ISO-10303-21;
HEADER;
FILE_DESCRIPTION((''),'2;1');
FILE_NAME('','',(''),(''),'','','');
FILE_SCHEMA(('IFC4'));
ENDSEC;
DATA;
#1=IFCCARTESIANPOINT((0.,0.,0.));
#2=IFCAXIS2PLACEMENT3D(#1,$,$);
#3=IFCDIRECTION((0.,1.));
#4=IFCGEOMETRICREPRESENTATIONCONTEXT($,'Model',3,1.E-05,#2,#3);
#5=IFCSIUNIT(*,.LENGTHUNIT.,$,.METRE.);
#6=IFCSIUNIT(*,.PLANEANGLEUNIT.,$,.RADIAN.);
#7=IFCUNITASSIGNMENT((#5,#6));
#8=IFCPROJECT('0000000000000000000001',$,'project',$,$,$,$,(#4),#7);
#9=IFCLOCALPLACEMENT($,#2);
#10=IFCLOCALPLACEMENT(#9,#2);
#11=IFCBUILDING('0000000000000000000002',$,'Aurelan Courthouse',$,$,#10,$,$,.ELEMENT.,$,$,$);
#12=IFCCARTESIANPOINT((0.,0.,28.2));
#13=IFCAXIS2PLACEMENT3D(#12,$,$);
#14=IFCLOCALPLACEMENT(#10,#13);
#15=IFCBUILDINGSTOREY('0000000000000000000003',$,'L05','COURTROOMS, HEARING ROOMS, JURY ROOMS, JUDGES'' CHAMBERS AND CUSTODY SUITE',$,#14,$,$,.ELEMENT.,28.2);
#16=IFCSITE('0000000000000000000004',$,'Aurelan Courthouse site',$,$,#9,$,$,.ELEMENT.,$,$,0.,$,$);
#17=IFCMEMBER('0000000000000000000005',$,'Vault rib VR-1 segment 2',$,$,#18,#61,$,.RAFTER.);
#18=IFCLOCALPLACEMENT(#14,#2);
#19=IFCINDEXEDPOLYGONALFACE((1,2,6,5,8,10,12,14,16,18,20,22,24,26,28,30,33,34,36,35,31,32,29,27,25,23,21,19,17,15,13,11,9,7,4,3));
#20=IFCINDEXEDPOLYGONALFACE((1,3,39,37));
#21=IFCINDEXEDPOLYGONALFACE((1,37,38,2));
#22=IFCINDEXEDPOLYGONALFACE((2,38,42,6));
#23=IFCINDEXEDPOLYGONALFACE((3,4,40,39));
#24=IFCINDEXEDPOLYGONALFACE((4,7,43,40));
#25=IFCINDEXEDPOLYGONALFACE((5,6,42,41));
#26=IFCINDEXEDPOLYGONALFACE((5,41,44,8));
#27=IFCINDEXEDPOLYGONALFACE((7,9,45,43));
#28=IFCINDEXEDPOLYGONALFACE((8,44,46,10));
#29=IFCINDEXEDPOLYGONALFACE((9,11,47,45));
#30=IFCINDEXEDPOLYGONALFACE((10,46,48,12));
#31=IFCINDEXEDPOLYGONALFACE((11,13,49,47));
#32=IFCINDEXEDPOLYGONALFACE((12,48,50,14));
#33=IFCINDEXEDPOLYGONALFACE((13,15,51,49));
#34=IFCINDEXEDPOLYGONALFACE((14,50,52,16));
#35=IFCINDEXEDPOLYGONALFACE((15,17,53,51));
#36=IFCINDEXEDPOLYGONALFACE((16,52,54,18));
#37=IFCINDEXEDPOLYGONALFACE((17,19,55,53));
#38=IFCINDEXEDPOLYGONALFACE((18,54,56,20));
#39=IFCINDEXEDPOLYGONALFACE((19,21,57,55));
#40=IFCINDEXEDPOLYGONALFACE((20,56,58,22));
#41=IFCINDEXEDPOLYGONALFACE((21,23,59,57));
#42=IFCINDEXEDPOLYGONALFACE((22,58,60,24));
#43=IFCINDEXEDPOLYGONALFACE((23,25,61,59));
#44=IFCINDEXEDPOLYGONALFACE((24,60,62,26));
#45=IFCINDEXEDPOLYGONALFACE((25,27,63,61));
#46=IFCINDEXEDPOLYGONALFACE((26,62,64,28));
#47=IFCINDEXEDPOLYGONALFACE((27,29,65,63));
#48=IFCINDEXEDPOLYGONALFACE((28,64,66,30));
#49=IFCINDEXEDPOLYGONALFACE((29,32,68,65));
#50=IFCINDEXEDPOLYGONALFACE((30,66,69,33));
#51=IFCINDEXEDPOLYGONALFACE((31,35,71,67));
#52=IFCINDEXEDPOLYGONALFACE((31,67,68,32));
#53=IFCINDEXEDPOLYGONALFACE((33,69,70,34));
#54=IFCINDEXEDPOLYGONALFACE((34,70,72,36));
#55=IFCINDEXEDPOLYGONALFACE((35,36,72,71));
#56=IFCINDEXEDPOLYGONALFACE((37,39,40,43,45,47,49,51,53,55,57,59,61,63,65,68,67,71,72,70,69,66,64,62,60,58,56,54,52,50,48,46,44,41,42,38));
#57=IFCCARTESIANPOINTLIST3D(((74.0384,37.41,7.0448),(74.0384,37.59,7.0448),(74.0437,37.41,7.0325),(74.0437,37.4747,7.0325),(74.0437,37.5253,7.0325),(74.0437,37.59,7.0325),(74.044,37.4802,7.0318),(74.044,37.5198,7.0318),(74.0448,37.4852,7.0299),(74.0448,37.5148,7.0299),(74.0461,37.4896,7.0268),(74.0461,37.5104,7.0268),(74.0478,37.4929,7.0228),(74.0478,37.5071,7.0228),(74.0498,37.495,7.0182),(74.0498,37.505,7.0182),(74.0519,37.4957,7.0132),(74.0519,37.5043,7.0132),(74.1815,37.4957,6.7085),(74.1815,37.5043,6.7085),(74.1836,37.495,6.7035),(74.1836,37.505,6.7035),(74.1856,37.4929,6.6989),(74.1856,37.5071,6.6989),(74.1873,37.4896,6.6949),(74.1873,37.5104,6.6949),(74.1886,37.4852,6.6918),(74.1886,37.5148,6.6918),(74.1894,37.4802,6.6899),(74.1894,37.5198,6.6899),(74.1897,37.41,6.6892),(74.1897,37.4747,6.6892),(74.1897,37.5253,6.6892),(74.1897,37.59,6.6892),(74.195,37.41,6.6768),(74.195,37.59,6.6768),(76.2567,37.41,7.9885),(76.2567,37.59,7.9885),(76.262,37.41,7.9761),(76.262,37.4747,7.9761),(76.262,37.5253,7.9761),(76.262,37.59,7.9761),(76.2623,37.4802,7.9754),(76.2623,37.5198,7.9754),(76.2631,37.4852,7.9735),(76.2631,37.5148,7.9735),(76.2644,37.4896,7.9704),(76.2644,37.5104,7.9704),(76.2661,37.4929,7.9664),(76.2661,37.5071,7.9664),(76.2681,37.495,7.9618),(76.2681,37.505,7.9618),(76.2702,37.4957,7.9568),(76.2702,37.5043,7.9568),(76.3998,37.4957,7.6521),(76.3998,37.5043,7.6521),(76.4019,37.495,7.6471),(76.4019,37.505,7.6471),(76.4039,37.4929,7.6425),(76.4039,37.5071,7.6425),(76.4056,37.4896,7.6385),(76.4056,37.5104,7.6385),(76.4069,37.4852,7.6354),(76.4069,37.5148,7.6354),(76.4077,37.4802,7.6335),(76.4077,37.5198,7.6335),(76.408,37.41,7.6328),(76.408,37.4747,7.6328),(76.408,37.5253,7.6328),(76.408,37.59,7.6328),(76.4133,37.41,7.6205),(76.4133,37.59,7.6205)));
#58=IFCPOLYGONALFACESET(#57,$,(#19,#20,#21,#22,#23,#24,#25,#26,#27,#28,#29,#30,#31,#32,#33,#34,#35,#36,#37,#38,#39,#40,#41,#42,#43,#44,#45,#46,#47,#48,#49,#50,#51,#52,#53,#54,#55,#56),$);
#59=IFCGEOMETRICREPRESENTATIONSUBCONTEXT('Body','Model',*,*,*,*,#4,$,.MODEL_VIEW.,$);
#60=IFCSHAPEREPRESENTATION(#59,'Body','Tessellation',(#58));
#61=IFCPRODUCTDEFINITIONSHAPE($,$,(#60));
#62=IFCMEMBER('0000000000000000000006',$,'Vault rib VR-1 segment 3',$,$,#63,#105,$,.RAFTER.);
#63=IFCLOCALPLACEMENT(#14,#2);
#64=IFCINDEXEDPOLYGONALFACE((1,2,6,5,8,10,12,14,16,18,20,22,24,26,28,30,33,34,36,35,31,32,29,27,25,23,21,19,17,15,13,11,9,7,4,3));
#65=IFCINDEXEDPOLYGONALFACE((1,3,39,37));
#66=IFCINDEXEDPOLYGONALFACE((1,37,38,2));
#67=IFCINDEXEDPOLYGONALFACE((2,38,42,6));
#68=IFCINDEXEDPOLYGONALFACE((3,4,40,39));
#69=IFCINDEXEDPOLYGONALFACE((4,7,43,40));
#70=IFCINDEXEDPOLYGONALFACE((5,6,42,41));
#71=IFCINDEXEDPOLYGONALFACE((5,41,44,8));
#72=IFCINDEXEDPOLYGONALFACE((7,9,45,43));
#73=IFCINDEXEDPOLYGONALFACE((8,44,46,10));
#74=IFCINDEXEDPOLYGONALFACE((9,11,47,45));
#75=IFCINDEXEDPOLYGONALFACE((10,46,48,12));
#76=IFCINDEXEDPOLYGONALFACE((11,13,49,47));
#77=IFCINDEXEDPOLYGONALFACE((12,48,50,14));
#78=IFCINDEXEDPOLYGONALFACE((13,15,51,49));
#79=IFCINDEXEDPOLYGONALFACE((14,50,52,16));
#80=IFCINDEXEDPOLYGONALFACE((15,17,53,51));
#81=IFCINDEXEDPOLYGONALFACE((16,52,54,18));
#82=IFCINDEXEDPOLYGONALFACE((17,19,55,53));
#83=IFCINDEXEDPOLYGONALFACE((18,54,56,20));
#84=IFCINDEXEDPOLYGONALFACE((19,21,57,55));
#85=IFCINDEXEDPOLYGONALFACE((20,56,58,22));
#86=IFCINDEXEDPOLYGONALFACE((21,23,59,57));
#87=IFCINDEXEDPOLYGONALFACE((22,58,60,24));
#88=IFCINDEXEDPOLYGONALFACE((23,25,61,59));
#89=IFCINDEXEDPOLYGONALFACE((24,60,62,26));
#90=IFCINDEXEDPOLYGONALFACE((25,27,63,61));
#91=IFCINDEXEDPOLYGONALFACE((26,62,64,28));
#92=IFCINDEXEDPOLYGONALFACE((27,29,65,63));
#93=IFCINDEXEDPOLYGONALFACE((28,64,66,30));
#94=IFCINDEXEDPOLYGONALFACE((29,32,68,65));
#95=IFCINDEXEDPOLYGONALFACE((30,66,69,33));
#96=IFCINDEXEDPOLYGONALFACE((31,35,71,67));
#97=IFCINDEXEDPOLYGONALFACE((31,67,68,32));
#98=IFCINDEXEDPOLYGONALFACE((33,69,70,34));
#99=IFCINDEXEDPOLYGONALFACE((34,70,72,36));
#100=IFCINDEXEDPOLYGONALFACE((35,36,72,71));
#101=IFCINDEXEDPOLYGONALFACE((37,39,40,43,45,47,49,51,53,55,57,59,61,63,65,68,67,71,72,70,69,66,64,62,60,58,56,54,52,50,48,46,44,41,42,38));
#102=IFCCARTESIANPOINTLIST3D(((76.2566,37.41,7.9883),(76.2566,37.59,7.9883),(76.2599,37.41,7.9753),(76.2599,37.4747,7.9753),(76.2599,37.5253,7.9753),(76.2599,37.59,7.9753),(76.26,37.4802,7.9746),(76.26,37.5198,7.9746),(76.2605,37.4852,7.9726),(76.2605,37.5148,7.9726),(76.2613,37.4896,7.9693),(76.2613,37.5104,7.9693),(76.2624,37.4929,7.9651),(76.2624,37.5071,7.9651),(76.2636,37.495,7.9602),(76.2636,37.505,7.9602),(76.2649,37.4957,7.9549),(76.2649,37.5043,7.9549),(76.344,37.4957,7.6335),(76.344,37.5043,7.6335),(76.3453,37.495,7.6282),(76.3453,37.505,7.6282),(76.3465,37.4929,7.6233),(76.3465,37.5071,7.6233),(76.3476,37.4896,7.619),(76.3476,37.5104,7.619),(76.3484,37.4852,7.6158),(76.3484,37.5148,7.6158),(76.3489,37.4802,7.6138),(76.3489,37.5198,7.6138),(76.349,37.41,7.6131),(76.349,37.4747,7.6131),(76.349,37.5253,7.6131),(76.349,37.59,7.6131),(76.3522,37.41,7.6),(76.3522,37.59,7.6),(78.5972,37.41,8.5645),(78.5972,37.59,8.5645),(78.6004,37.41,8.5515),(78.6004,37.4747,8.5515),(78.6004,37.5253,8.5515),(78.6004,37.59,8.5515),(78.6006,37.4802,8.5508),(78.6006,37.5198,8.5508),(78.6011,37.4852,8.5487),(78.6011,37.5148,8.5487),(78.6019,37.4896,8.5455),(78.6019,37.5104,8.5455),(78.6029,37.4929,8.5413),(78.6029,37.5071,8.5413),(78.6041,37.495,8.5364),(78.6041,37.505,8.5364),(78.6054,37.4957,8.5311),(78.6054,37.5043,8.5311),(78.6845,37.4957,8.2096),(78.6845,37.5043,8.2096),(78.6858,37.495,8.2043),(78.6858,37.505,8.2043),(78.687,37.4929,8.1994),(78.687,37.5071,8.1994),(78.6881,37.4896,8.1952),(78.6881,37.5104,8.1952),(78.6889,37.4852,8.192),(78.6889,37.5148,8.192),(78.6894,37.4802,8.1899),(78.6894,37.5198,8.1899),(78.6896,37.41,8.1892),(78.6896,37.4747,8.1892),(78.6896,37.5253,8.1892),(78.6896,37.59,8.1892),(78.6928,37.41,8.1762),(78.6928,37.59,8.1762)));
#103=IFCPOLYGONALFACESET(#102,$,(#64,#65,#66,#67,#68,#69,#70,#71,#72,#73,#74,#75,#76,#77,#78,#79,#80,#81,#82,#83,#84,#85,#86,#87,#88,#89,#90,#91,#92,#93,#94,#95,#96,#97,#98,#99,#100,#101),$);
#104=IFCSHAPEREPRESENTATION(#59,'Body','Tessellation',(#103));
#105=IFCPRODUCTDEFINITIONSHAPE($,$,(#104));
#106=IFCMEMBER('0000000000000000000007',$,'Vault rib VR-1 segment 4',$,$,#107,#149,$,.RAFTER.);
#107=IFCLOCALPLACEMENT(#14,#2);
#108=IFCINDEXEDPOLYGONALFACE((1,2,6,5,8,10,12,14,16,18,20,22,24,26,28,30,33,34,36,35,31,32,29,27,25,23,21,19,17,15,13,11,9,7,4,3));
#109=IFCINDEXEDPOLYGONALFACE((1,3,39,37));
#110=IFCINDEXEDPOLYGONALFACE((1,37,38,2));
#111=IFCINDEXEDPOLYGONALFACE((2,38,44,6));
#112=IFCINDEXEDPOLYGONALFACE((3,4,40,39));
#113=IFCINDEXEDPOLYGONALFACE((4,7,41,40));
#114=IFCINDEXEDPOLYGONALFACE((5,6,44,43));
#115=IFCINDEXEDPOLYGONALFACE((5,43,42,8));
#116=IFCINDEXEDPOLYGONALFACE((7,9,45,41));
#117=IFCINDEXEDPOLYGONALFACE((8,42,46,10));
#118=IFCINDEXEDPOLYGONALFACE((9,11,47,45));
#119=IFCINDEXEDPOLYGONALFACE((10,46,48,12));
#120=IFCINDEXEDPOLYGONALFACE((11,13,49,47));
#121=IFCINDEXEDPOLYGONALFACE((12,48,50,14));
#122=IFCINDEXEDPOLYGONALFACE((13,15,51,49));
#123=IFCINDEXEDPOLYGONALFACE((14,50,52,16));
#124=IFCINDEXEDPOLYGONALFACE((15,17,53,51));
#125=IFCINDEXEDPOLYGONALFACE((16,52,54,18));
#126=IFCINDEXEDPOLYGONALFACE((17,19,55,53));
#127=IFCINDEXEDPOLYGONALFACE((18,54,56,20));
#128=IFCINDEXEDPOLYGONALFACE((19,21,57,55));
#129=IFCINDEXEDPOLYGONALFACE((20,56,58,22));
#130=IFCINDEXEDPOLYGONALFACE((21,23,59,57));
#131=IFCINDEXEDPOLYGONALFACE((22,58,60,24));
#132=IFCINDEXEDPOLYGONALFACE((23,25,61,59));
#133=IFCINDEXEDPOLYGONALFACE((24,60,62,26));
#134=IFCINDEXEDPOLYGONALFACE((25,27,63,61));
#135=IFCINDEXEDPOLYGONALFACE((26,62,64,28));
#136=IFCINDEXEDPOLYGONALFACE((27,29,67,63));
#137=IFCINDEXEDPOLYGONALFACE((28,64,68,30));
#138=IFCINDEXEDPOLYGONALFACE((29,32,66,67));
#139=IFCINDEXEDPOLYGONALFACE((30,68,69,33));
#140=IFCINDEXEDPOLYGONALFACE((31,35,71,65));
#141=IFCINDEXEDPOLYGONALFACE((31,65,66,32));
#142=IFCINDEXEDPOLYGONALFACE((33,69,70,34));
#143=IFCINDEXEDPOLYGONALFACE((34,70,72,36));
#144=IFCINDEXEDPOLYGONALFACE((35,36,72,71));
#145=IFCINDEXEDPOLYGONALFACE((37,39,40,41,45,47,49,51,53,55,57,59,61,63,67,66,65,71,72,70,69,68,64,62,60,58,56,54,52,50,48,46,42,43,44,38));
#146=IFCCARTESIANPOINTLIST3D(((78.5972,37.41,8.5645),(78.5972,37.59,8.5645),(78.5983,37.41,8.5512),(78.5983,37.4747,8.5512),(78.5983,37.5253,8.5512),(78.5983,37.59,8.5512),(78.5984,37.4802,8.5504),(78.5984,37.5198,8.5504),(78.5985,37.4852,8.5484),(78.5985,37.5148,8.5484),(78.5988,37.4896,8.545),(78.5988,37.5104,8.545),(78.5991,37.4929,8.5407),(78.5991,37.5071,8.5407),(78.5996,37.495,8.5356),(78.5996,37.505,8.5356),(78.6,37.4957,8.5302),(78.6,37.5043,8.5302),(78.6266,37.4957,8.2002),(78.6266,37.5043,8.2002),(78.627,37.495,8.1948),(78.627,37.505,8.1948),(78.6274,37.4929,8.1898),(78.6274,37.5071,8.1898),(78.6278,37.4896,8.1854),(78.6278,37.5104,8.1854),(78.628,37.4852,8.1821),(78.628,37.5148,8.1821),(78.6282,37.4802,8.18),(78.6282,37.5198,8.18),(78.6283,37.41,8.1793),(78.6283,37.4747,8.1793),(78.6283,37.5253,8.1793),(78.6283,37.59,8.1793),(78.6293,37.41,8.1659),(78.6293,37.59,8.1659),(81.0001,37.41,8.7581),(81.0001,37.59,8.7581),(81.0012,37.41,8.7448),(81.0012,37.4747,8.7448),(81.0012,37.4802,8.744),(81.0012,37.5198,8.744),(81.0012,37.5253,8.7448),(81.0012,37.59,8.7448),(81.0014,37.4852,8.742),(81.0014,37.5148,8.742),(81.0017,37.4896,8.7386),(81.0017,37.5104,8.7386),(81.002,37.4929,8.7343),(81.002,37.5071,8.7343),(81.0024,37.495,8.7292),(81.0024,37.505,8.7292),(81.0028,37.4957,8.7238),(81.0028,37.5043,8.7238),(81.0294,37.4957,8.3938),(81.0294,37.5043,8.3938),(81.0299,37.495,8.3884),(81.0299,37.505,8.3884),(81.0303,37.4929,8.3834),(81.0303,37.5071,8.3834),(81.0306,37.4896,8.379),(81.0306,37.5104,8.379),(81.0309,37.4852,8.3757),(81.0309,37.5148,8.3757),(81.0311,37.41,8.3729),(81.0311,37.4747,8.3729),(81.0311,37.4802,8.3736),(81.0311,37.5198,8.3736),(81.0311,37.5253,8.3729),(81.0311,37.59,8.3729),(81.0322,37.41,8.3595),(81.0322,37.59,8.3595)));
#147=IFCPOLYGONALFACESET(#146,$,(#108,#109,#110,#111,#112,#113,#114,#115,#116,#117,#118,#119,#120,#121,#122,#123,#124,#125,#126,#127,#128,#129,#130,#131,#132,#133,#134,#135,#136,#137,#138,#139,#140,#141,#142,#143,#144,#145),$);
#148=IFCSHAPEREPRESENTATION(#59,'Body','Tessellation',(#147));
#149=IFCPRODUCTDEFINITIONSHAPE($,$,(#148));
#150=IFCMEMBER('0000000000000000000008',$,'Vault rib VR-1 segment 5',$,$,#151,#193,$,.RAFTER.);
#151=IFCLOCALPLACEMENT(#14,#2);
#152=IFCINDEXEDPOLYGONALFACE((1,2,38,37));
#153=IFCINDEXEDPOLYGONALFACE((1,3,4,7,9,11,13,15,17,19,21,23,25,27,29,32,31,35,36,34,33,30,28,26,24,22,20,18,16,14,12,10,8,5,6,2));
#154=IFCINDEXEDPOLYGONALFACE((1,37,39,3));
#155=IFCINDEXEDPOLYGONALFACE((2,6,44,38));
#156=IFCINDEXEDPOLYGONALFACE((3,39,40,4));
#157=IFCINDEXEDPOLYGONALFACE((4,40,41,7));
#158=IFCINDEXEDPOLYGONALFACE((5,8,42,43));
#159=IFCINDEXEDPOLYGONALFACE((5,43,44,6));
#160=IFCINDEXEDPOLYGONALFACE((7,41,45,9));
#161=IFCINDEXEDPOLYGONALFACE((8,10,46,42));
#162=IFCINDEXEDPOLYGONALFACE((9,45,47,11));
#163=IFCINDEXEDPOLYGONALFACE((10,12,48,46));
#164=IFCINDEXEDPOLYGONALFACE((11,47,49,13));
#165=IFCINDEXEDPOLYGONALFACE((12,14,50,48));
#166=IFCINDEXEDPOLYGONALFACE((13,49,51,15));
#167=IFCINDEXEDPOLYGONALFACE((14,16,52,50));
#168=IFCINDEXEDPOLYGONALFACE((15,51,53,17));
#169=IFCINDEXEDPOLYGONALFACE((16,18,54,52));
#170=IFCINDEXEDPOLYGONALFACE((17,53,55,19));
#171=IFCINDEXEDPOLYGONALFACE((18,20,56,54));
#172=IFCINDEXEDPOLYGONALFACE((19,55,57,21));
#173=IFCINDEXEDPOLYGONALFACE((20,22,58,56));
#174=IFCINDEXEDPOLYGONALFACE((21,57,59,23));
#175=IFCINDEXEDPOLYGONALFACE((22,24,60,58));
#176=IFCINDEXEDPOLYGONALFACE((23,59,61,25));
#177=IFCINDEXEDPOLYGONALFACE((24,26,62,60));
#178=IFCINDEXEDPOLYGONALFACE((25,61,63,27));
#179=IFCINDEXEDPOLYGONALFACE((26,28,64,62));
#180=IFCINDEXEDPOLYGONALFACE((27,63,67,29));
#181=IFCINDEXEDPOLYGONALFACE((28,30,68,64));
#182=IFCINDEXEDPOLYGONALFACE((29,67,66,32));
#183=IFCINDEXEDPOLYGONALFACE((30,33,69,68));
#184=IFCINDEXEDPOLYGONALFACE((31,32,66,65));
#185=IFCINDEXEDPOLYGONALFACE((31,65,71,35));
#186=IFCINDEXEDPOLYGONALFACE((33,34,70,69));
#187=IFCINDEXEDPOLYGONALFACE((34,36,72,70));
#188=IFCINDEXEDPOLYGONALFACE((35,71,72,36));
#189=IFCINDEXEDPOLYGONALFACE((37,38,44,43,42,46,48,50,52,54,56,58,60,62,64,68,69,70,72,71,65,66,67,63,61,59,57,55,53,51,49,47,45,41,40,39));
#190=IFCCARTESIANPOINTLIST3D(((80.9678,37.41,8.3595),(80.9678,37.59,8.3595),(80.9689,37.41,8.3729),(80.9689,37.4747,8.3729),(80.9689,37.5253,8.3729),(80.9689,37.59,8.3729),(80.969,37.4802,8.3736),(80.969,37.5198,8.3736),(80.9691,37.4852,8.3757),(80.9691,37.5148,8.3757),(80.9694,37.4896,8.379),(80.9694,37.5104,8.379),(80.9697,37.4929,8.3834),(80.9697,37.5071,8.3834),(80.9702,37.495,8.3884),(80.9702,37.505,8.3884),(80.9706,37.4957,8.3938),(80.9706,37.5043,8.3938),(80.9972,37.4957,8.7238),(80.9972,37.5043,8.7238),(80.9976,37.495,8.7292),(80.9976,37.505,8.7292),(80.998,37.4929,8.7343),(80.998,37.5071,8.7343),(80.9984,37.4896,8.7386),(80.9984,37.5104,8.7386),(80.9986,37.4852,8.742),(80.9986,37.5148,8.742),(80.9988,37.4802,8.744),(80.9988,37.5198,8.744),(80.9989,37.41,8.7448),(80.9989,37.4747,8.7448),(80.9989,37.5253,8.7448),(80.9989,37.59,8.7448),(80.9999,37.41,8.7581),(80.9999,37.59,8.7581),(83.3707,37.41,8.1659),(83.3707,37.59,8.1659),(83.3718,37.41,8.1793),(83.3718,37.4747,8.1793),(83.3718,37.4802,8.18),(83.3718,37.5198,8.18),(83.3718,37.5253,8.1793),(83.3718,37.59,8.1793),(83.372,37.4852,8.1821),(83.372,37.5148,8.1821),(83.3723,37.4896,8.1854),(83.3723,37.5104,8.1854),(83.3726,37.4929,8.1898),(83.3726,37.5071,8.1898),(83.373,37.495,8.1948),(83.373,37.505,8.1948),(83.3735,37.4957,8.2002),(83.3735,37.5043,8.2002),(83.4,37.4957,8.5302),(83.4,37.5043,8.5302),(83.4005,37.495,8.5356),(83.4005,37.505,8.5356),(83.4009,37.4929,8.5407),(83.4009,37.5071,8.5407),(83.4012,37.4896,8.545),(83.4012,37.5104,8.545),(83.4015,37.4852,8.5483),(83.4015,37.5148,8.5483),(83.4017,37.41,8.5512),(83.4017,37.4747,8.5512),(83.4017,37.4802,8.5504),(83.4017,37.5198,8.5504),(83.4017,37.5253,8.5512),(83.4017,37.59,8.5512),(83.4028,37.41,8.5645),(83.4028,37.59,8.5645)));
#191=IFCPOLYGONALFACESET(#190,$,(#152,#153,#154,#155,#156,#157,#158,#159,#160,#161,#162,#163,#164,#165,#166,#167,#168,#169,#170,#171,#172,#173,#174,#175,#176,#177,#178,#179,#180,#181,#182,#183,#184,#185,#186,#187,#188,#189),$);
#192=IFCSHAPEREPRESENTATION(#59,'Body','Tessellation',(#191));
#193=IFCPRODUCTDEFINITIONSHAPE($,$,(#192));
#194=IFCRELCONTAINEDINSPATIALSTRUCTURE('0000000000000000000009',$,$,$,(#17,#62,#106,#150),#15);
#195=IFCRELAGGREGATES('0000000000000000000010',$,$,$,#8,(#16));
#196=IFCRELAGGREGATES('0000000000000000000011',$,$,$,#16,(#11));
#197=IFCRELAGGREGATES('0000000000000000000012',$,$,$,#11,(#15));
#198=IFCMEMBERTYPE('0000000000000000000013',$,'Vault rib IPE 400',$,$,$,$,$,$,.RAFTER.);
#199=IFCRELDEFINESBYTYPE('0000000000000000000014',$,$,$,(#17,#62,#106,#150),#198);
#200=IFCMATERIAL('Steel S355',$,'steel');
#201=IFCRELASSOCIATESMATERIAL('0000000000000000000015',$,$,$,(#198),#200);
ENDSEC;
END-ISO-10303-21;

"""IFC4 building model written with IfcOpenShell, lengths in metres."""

from ifc_helpers import new_model, si_unit, direction, frame, origin, origin_2d, place, context, subcontext, project, spatial, i_section, extrude, material, material_profile, profile_set, type_object, element, save


model = new_model("IFC4")

# Units and contexts
model_context = context("Model", 3, precision=1e-05, world=origin(), true_north=direction((0.0, 1.0)))
body_context = subcontext(model_context, "Body", "Model", "MODEL_VIEW")
ifc_project = project(units=[si_unit("LENGTHUNIT", "METRE"), si_unit("PLANEANGLEUNIT", "RADIAN")], contexts=[model_context])

# Site, building, storey
site_placement = place(None, origin())
site = spatial("IfcSite", under=ifc_project, at=site_placement, Name="Aurelan Courthouse site", CompositionType="ELEMENT", RefElevation=0.0)
building_placement = place(site_placement, origin())
building = spatial("IfcBuilding", under=site, at=building_placement, Name="Aurelan Courthouse", CompositionType="ELEMENT")
storey_placement = place(building_placement, frame((0.0, 0.0, 28.2)))
storey = spatial("IfcBuildingStorey", under=building, at=storey_placement, Name="L05", Description="COURTROOMS, HEARING ROOMS, JURY ROOMS, JUDGES' CHAMBERS AND CUSTODY SUITE", CompositionType="ELEMENT", Elevation=28.2)

# Members
ifc_material_1 = material(Name="Steel S355", Category="steel")
ifc_material_profile_1 = material_profile(ifc_material_1, i_section(OverallWidth=0.1799, OverallDepth=0.3999, WebThickness=0.0085, FlangeThickness=0.0134, FilletRadius=0.021, at=origin_2d()), Name="IPE 400")
ifc_profile_set_1 = profile_set([ifc_material_profile_1], Name="Steel S355")
member_type_1 = type_object("IfcMemberType", Name="Vault rib IPE 400", PredefinedType="RAFTER", material=ifc_profile_set_1)
member_1_placement = place(storey_placement, frame((74.1167, 37.5, 6.8608), z_axis=(0.920205, 0.0, 0.391437), x_axis=(0.0, 1.0, 0.0)))
element("IfcMember", 1, at=member_1_placement, inside=storey, type_object=member_type_1, Name="Vault rib VR-1 segment 2", PredefinedType="RAFTER", context=body_context, shape_type="SweptSolid", body=[
    extrude(i_section(OverallWidth=0.1799, OverallDepth=0.3999, WebThickness=0.0085, FlangeThickness=0.0134, FilletRadius=0.021, at=origin_2d()), origin(), (0.0, 0.0, 1.0), 2.4106),
])
member_2_placement = place(storey_placement, frame((76.3044, 37.5, 7.7942), z_axis=(0.971012, 0.0, 0.239031), x_axis=(0.0, 1.0, 0.0)))
element("IfcMember", 2, at=member_2_placement, inside=storey, type_object=member_type_1, Name="Vault rib VR-1 segment 3", PredefinedType="RAFTER", context=body_context, shape_type="SweptSolid", body=[
    extrude(i_section(OverallWidth=0.1799, OverallDepth=0.3999, WebThickness=0.0085, FlangeThickness=0.0134, FilletRadius=0.021, at=origin_2d()), origin(), (0.0, 0.0, 1.0), 2.4104),
])
for number, where, z_axis, x_axis, name in (
    (3, (78.6133, 37.5, 8.3652), (0.99677, 0.0, 0.080313), (0.0, 1.0, 0.0), "Vault rib VR-1 segment 4"),
    (4, (80.9839, 37.5, 8.5588), (0.99677, 0.0, -0.080313), (0.0, 1.0, 0.0), "Vault rib VR-1 segment 5"),
):
    element("IfcMember", number, at=place(storey_placement, frame(where, z_axis=z_axis, x_axis=x_axis)), inside=storey, type_object=member_type_1, Name=name, PredefinedType="RAFTER", context=body_context, shape_type="SweptSolid", body=[
        extrude(i_section(OverallWidth=0.1799, OverallDepth=0.3999, WebThickness=0.0085, FlangeThickness=0.0134, FilletRadius=0.021, at=origin_2d()), origin(), (0.0, 0.0, 1.0), 2.4106),
    ])

save(model, "model.ifc")
